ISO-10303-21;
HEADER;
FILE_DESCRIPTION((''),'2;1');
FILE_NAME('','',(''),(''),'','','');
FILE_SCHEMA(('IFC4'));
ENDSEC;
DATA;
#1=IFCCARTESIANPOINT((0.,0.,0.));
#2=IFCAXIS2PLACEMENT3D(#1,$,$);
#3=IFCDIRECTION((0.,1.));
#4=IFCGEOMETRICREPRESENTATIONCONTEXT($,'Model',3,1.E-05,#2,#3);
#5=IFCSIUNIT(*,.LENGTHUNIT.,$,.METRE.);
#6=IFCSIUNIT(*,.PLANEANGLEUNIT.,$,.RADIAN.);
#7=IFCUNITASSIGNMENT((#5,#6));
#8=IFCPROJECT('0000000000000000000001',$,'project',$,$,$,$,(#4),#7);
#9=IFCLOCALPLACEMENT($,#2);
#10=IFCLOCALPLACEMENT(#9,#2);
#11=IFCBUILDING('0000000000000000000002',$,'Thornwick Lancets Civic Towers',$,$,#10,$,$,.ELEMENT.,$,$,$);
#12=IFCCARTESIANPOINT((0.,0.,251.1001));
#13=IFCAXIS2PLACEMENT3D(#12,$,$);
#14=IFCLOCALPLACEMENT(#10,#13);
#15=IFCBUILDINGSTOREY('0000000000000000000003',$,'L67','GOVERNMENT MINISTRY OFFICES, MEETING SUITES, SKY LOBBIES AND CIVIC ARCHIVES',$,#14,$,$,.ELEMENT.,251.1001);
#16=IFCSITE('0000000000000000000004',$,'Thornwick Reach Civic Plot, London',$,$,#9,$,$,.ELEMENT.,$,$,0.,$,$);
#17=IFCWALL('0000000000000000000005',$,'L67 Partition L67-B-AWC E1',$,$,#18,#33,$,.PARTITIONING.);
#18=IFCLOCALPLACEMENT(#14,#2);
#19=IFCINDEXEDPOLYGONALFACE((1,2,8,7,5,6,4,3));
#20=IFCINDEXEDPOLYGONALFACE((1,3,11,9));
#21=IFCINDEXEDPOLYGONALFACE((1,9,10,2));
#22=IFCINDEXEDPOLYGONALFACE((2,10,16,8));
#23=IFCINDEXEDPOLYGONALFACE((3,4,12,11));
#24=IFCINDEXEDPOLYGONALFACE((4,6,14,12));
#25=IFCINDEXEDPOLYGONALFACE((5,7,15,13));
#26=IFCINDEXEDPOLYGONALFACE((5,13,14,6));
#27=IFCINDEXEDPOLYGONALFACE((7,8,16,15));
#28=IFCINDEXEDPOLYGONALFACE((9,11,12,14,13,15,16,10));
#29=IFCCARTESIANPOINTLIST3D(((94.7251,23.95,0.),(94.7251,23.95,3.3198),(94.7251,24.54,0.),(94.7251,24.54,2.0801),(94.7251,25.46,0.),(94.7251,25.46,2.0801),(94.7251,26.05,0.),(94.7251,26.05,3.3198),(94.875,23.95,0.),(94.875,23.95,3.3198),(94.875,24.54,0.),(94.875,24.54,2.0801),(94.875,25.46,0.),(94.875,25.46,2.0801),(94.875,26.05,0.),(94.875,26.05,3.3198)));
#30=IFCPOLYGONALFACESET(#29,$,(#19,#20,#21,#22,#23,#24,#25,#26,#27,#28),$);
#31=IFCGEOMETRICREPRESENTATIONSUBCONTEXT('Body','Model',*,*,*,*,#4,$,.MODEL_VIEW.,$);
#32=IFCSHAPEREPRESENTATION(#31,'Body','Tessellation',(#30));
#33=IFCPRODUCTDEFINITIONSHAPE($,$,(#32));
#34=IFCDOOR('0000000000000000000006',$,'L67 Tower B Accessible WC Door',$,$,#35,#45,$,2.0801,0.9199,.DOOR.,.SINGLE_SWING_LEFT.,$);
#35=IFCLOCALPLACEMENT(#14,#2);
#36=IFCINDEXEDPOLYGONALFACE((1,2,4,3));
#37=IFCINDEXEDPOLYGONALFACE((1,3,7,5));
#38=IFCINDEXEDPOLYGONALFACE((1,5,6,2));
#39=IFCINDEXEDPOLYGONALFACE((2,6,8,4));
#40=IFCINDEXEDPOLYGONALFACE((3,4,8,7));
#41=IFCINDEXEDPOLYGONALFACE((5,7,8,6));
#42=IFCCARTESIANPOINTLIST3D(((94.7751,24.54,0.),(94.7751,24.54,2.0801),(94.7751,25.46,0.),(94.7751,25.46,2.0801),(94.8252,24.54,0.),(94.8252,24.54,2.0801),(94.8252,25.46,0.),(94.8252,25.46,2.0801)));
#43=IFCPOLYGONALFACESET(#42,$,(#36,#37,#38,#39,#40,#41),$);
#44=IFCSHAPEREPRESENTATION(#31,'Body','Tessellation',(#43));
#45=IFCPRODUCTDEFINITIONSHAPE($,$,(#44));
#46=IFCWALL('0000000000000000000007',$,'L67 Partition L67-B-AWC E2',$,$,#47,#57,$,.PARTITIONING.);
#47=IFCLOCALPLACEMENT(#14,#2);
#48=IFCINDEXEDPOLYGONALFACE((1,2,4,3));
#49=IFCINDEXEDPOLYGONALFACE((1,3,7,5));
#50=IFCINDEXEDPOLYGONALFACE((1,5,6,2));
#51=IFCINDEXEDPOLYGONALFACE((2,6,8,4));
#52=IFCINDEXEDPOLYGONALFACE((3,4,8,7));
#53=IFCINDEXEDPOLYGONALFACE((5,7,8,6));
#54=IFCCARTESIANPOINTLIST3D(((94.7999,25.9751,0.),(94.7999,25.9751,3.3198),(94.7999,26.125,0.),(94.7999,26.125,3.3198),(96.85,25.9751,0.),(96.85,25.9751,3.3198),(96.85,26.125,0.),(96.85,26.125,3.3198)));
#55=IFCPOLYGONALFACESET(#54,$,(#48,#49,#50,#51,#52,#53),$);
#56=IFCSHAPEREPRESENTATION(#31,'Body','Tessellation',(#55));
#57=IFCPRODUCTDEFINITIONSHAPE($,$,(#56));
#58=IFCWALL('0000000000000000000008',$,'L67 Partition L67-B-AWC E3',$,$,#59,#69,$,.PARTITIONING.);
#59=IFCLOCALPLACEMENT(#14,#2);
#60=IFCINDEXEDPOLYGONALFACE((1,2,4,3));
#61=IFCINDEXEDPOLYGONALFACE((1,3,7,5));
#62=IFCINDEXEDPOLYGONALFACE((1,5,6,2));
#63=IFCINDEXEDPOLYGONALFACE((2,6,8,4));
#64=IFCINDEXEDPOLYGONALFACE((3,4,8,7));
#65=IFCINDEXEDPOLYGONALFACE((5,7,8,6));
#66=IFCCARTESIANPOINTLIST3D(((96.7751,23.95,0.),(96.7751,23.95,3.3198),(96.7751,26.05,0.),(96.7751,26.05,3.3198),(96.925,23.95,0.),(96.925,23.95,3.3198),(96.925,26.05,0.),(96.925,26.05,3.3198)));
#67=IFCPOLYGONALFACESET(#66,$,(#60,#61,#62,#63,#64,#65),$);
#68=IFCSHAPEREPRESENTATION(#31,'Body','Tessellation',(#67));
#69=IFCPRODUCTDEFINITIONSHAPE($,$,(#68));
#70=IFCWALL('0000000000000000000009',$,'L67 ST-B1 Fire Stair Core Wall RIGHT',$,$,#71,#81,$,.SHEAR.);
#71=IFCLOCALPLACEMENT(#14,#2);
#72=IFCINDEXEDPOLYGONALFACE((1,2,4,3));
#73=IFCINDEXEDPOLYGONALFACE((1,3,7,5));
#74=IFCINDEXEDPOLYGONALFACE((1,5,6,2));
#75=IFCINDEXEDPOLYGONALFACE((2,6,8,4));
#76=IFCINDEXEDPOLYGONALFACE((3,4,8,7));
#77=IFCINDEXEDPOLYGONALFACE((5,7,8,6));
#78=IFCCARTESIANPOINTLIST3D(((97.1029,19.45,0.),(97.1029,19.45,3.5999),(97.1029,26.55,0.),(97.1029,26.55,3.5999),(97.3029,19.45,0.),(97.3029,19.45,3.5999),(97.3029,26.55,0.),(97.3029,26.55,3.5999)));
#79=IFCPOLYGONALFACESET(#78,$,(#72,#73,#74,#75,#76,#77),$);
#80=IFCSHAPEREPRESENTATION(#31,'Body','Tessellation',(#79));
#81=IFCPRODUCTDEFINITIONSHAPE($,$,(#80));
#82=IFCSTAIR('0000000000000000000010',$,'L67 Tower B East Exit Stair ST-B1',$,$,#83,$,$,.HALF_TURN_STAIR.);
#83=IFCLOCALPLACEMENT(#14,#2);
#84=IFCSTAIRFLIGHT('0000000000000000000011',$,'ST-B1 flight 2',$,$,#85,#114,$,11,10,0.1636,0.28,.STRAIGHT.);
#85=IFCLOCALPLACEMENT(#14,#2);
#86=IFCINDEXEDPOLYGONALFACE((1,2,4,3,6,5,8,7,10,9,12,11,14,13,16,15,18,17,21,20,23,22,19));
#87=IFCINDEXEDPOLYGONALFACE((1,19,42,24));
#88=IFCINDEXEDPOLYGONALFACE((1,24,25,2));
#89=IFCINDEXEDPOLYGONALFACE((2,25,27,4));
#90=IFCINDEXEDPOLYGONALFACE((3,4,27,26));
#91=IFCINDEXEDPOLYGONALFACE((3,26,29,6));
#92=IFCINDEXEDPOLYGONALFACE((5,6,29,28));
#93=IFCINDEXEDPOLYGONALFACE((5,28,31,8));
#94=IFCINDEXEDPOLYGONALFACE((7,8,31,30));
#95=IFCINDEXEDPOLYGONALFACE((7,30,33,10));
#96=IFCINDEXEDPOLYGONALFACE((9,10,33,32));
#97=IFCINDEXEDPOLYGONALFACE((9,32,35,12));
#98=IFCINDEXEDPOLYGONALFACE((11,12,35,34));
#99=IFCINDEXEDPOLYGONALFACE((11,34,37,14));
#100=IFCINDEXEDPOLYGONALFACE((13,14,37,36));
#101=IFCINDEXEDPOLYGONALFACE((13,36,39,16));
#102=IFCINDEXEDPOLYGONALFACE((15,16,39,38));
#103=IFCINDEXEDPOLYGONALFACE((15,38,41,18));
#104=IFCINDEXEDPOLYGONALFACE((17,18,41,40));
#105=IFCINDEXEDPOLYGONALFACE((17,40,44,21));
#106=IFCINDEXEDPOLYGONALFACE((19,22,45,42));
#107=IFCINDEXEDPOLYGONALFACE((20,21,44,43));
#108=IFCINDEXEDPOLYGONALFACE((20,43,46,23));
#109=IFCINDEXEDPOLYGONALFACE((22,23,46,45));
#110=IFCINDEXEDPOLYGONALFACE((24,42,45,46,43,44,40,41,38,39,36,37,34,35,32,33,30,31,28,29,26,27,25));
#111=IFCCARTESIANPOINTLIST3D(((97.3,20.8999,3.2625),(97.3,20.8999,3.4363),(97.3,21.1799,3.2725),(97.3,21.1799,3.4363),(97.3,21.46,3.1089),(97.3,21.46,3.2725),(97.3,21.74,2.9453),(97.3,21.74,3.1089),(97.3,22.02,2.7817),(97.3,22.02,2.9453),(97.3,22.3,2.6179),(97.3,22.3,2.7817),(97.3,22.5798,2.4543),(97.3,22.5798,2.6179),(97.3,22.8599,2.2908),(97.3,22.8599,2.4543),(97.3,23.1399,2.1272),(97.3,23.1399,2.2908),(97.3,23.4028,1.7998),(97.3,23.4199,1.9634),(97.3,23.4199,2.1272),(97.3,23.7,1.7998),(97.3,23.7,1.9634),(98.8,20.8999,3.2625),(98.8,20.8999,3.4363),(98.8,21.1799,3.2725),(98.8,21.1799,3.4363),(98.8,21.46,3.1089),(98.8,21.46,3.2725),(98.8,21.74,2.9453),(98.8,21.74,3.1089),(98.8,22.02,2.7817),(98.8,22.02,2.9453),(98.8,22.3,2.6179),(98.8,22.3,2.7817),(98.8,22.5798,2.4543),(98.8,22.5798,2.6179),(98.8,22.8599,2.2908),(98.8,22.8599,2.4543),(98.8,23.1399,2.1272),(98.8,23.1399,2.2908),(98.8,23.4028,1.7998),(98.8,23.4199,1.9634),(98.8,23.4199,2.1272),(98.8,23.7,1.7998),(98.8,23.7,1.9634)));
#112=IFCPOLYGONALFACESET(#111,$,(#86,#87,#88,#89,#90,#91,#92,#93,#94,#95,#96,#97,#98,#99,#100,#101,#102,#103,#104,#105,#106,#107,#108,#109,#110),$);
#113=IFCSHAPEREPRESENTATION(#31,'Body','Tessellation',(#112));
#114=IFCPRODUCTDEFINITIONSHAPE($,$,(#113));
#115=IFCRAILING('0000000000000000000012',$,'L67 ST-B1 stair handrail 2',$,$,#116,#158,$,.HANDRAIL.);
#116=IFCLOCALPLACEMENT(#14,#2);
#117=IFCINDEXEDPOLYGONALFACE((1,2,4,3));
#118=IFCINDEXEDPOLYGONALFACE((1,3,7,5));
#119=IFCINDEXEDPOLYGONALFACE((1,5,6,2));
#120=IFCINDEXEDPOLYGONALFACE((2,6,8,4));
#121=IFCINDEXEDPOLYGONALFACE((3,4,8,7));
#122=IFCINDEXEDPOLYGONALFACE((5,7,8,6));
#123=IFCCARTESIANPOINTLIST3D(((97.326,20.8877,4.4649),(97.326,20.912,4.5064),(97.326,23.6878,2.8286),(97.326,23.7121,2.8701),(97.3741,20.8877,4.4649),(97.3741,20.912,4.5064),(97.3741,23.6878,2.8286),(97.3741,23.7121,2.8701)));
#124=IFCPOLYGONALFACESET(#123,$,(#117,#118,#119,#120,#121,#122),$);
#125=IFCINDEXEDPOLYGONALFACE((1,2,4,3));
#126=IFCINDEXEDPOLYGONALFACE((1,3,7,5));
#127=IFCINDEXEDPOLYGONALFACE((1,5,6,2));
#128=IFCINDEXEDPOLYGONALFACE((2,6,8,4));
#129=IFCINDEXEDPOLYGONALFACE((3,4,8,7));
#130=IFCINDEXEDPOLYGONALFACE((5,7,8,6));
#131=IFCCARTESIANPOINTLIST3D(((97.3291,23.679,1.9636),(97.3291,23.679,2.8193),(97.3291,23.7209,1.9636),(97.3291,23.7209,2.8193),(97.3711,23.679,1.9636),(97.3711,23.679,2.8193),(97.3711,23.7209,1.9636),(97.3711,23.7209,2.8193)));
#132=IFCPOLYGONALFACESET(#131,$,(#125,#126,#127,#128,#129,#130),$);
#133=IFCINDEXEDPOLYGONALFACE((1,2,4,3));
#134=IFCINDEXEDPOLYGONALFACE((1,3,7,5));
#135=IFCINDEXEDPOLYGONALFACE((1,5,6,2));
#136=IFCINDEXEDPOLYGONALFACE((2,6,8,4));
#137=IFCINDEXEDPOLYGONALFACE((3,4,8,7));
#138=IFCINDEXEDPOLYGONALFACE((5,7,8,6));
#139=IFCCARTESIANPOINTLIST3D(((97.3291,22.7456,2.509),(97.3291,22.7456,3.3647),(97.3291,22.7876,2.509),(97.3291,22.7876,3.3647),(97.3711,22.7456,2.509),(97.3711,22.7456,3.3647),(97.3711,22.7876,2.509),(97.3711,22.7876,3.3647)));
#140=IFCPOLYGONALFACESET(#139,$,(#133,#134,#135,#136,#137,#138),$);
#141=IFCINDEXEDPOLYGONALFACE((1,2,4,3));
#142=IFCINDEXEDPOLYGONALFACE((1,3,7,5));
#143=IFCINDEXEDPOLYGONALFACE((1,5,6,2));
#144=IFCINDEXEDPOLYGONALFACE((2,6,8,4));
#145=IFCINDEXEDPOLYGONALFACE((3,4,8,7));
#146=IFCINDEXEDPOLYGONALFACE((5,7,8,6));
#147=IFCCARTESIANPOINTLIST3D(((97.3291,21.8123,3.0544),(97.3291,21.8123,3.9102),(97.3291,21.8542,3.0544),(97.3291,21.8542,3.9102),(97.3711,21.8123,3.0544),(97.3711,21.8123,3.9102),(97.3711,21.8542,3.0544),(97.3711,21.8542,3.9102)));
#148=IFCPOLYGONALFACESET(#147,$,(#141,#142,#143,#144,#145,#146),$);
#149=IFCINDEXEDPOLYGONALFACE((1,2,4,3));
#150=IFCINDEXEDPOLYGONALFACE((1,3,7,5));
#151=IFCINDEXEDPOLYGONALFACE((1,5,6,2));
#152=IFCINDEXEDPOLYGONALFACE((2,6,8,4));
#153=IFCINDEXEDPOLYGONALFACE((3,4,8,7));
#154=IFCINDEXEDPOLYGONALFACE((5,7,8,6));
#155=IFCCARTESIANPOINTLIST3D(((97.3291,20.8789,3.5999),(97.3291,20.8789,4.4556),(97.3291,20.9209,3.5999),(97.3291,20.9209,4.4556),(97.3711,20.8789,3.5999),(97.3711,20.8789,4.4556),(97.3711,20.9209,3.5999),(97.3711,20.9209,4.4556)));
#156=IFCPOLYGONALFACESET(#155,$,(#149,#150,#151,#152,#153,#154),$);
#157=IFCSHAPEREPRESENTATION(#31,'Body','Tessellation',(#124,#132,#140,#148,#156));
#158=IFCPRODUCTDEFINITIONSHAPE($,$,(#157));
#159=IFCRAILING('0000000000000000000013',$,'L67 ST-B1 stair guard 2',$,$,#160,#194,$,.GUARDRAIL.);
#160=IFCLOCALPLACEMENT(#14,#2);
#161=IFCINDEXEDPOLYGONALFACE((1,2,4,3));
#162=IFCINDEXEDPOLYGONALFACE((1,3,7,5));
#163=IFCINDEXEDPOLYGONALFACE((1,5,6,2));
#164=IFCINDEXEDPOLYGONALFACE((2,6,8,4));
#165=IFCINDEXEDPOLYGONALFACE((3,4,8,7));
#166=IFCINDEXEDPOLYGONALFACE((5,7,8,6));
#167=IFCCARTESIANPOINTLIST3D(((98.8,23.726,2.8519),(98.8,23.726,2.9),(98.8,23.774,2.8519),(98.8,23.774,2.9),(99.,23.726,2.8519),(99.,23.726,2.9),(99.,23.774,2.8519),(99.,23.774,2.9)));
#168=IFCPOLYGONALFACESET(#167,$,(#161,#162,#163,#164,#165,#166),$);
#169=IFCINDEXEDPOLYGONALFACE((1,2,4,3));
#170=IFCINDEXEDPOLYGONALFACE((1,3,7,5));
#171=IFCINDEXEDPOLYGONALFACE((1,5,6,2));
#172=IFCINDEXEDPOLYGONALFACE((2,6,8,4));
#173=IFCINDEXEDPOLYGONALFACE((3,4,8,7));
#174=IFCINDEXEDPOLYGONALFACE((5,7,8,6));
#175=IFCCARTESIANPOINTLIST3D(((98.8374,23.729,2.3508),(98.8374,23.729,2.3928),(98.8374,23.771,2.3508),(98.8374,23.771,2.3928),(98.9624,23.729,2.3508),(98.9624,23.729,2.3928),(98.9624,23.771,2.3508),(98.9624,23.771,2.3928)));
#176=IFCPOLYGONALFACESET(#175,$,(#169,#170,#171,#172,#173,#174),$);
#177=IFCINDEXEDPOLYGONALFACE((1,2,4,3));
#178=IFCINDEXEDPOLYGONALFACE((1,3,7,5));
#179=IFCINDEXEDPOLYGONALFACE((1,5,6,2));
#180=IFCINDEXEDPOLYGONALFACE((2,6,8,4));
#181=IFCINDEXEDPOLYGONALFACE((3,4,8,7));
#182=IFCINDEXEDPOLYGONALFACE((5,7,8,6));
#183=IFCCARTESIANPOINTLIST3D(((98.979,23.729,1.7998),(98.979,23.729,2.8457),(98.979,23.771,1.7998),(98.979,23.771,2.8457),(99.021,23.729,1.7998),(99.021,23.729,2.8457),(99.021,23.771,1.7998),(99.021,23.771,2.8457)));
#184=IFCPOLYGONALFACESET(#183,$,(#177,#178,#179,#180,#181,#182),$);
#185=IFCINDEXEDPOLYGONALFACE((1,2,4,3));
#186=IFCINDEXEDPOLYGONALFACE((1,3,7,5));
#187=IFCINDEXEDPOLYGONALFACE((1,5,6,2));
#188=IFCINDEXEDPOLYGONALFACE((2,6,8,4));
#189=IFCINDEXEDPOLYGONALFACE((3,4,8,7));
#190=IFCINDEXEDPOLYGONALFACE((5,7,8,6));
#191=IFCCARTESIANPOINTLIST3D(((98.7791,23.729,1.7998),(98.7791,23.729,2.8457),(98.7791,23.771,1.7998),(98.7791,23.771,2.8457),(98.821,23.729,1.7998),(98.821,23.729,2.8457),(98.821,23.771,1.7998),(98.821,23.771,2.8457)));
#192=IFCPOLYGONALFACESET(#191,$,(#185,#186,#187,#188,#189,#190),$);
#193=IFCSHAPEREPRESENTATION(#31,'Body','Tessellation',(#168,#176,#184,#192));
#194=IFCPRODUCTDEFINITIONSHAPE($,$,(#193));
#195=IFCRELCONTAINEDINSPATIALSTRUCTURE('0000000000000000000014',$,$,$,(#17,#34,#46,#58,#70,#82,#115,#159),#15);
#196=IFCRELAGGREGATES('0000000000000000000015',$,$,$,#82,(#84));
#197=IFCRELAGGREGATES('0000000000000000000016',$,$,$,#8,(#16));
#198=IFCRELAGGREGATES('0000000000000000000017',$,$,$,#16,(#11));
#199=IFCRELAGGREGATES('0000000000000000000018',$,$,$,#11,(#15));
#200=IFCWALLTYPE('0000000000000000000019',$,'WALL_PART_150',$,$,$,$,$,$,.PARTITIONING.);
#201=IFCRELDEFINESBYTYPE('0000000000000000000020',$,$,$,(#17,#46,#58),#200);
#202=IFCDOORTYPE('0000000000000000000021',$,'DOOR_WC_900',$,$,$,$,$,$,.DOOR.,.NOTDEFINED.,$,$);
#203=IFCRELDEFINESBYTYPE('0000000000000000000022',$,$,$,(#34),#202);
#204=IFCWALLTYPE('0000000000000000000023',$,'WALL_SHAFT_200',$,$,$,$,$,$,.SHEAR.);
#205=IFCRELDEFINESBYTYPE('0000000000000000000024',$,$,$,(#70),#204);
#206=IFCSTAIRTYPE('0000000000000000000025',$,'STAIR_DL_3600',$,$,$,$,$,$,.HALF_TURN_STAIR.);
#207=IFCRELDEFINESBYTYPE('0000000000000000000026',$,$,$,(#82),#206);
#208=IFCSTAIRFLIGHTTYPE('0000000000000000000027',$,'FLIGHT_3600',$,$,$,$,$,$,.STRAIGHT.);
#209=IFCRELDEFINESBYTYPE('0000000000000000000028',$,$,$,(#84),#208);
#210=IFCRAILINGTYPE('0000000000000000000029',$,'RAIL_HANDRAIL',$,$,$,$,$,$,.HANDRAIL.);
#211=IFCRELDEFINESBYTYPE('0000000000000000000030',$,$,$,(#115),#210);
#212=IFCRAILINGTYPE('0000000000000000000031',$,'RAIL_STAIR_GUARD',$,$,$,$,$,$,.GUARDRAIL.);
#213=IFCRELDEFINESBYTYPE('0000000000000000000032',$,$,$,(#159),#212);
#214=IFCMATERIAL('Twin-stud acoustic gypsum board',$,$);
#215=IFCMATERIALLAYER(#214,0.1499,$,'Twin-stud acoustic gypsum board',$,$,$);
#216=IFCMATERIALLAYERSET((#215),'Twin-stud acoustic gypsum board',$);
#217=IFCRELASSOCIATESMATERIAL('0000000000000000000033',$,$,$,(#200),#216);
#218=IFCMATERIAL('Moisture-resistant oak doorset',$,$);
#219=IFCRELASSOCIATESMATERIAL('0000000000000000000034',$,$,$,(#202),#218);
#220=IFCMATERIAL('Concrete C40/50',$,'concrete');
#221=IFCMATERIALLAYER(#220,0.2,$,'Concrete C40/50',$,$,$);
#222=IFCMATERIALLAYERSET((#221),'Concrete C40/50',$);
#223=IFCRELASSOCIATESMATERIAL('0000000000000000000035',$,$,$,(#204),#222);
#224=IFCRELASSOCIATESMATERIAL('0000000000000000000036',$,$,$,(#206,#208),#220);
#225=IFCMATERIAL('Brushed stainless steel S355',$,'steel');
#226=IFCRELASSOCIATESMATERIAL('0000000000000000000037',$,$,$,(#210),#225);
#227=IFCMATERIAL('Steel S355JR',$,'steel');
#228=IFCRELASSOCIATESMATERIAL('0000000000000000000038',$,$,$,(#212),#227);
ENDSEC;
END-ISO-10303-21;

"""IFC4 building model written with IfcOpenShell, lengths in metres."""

from ifc_helpers import new_model, si_unit, direction, frame, frame_2d, origin, origin_2d, place, context, subcontext, project, spatial, polyline, rectangle, outline, extrude, material, layer, layer_set, type_object, element, fill, aggregate, save


model = new_model("IFC4")

# Units and contexts
model_context = context("Model", 3, precision=1e-05, world=origin(), true_north=direction((0.0, 1.0)))
body_context = subcontext(model_context, "Body", "Model", "MODEL_VIEW")
ifc_project = project(units=[si_unit("LENGTHUNIT", "METRE"), si_unit("PLANEANGLEUNIT", "RADIAN")], contexts=[model_context])

# Site, building, storey
site_placement = place(None, origin())
site = spatial("IfcSite", under=ifc_project, at=site_placement, Name="Thornwick Reach Civic Plot, London", CompositionType="ELEMENT", RefElevation=0.0)
building_placement = place(site_placement, origin())
building = spatial("IfcBuilding", under=site, at=building_placement, Name="Thornwick Lancets Civic Towers", CompositionType="ELEMENT")
storey_placement = place(building_placement, frame((0.0, 0.0, 251.1001)))
storey = spatial("IfcBuildingStorey", under=building, at=storey_placement, Name="L67", Description="GOVERNMENT MINISTRY OFFICES, MEETING SUITES, SKY LOBBIES AND CIVIC ARCHIVES", CompositionType="ELEMENT", Elevation=251.1001)

# Wall, opening, door
ifc_material_1 = material(Name="Twin-stud acoustic gypsum board")
ifc_layer_1 = layer(ifc_material_1, 0.1499, Name="Twin-stud acoustic gypsum board")
ifc_layer_set_1 = layer_set([ifc_layer_1], Name="Twin-stud acoustic gypsum board")
wall_type_1 = type_object("IfcWallType", Name="WALL_PART_150", PredefinedType="PARTITIONING", material=ifc_layer_set_1)
ifc_material_2 = material(Name="Moisture-resistant oak doorset")
door_type_1 = type_object("IfcDoorType", Name="DOOR_WC_900", OperationType="NOTDEFINED", PredefinedType="DOOR", material=ifc_material_2)
wall_1_placement = place(storey_placement, frame((94.8, 23.95, 0.0), z_axis=(0.0, 0.0, 1.0), x_axis=(0.0, 1.0, 0.0)))
wall_1 = element("IfcWall", 1, at=wall_1_placement, inside=storey, type_object=wall_type_1, Name="L67 Partition L67-B-AWC E1", PredefinedType="PARTITIONING", context=body_context, shape_type="SweptSolid", body=[
    extrude(rectangle(XDim=2.1001, YDim=0.1499, at=frame_2d((1.05, 0.0))), origin(), (0.0, 0.0, 1.0), 3.3198),
])
opening_1_placement = place(wall_1_placement, frame((0.5901, 0.0, 0.0)))
opening_1 = element("IfcOpeningElement", 2, at=opening_1_placement, cuts=wall_1, PredefinedType="OPENING", context=body_context, shape_type="SweptSolid", body=[
    extrude(rectangle(XDim=0.9199, YDim=2.0801, at=frame_2d((0.46, 1.04))), frame((0.0, 0.085, 0.0), z_axis=(0.0, -1.0, 0.0), x_axis=(1.0, 0.0, 0.0)), (0.0, 0.0, 1.0), 0.1699),
])
door_1_placement = place(opening_1_placement, origin())
door_1 = element("IfcDoor", 3, at=door_1_placement, inside=storey, type_object=door_type_1, Name="L67 Tower B Accessible WC Door", OperationType="SINGLE_SWING_LEFT", OverallHeight=2.0801, OverallWidth=0.9199, PredefinedType="DOOR", context=body_context, shape_type="SweptSolid", body=[
    extrude(rectangle(XDim=0.9199, YDim=2.0801, at=frame_2d((0.46, 1.04))), frame((0.0, 0.0249, 0.0), z_axis=(0.0, -1.0, 0.0), x_axis=(1.0, 0.0, 0.0)), (0.0, 0.0, 1.0), 0.05),
])
fill(opening_1, door_1)

# Walls
wall_2_placement = place(storey_placement, frame((94.8, 26.05, 0.0), z_axis=(0.0, 0.0, 1.0), x_axis=(1.0, 0.0, 0.0)))
element("IfcWall", 4, at=wall_2_placement, inside=storey, type_object=wall_type_1, Name="L67 Partition L67-B-AWC E2", PredefinedType="PARTITIONING", context=body_context, shape_type="SweptSolid", body=[
    extrude(rectangle(XDim=2.05, YDim=0.1499, at=frame_2d((1.0249, 0.0))), origin(), (0.0, 0.0, 1.0), 3.3198),
])
wall_3_placement = place(storey_placement, frame((96.8501, 26.05, 0.0), z_axis=(0.0, 0.0, 1.0), x_axis=(0.0, -1.0, 0.0)))
element("IfcWall", 5, at=wall_3_placement, inside=storey, type_object=wall_type_1, Name="L67 Partition L67-B-AWC E3", PredefinedType="PARTITIONING", context=body_context, shape_type="SweptSolid", body=[
    extrude(rectangle(XDim=2.1001, YDim=0.1499, at=frame_2d((1.05, 0.0))), origin(), (0.0, 0.0, 1.0), 3.3198),
])
ifc_material_3 = material(Name="Concrete C40/50", Category="concrete")
ifc_layer_2 = layer(ifc_material_3, 0.2, Name="Concrete C40/50")
ifc_layer_set_2 = layer_set([ifc_layer_2], Name="Concrete C40/50")
wall_type_2 = type_object("IfcWallType", Name="WALL_SHAFT_200", PredefinedType="SHEAR", material=ifc_layer_set_2)
wall_4_placement = place(storey_placement, frame((97.2029, 26.55, 0.0), z_axis=(0.0, 0.0, 1.0), x_axis=(0.0, -1.0, 0.0)))
element("IfcWall", 6, at=wall_4_placement, inside=storey, type_object=wall_type_2, Name="L67 ST-B1 Fire Stair Core Wall RIGHT", PredefinedType="SHEAR", context=body_context, shape_type="SweptSolid", body=[
    extrude(rectangle(XDim=7.1001, YDim=0.2, at=frame_2d((3.55, 0.0))), origin(), (0.0, 0.0, 1.0), 3.5999),
])

# Stair, stair flight
stair_type = type_object("IfcStairType", Name="STAIR_DL_3600", PredefinedType="HALF_TURN_STAIR", material=ifc_material_3)
stair_placement = place(storey_placement, origin())
stair = element("IfcStair", 7, at=stair_placement, inside=storey, type_object=stair_type, Name="L67 Tower B East Exit Stair ST-B1", PredefinedType="HALF_TURN_STAIR")
stair_flight_type = type_object("IfcStairFlightType", Name="FLIGHT_3600", PredefinedType="STRAIGHT", material=ifc_material_3)
stair_flight_placement = place(storey_placement, frame((98.05, 23.7, 1.7998), z_axis=(0.0, 0.0, 1.0), x_axis=(0.0, -1.0, 0.0)))
stair_flight = element("IfcStairFlight", 8, at=stair_flight_placement, type_object=stair_flight_type, Name="ST-B1 flight 2", NumberOfRisers=11, NumberOfTreads=10, PredefinedType="STRAIGHT", RiserHeight=0.1636, TreadLength=0.28, context=body_context, shape_type="SweptSolid", body=[
    extrude(outline(polyline([(0.0, 0.0), (0.0, 0.1636), (0.28, 0.1636), (0.28, 0.3274), (0.5601, 0.3274), (0.5601, 0.491), (0.8401, 0.491), (0.8401, 0.6545), (1.1201, 0.6545), (1.1201, 0.8181), (1.3999, 0.8181), (1.3999, 0.9819), (1.6799, 0.9819), (1.6799, 1.1455), (1.96, 1.1455), (1.96, 1.3091), (2.24, 1.3091), (2.24, 1.4727), (2.52, 1.4727), (2.52, 1.6365), (2.8, 1.6365), (2.8, 1.8), (2.8, 1.4626), (0.2971, 0.0), (0.0, 0.0)])), frame((0.0, 0.75, 0.0), z_axis=(0.0, -1.0, 0.0), x_axis=(1.0, 0.0, 0.0)), (0.0, 0.0, 1.0), 1.5),
])
aggregate(stair, [stair_flight])

# Railings
ifc_material_4 = material(Name="Brushed stainless steel S355", Category="steel")
railing_type_1 = type_object("IfcRailingType", Name="RAIL_HANDRAIL", PredefinedType="HANDRAIL", material=ifc_material_4)
railing_1_placement = place(storey_placement, frame((97.3501, 23.7, 1.9636)))
element("IfcRailing", 9, at=railing_1_placement, inside=storey, type_object=railing_type_1, Name="L67 ST-B1 stair handrail 2", PredefinedType="HANDRAIL", context=body_context, shape_type="SweptSolid", body=[
    extrude(rectangle(XDim=0.0481, YDim=0.0481, at=origin_2d()), frame((0.0, 0.0, 0.8857), z_axis=(0.0, -0.863394, 0.504531), x_axis=(1.0, 0.0, 0.0)), (0.0, 0.0, 1.0), 3.2432),
    extrude(rectangle(XDim=0.042, YDim=0.042, at=origin_2d()), origin(), (0.0, 0.0, 1.0), 0.8557),
    extrude(rectangle(XDim=0.042, YDim=0.042, at=origin_2d()), frame((0.0, -0.9333, 0.5454)), (0.0, 0.0, 1.0), 0.8557),
    extrude(rectangle(XDim=0.042, YDim=0.042, at=origin_2d()), frame((0.0, -1.8667, 1.0908)), (0.0, 0.0, 1.0), 0.8557),
    extrude(rectangle(XDim=0.042, YDim=0.042, at=origin_2d()), frame((0.0, -2.8, 1.6362)), (0.0, 0.0, 1.0), 0.8557),
])
ifc_material_5 = material(Name="Steel S355JR", Category="steel")
railing_type_2 = type_object("IfcRailingType", Name="RAIL_STAIR_GUARD", PredefinedType="GUARDRAIL", material=ifc_material_5)
railing_2_placement = place(storey_placement, frame((99.0, 23.75, 1.7998)))
element("IfcRailing", 10, at=railing_2_placement, inside=storey, type_object=railing_type_2, Name="L67 ST-B1 stair guard 2", PredefinedType="GUARDRAIL", context=body_context, shape_type="SweptSolid", body=[
    extrude(rectangle(XDim=0.0481, YDim=0.0481, at=origin_2d()), frame((0.0, 0.0, 1.0762), z_axis=(-1.0, 0.0, 0.0), x_axis=(0.0, -1.0, 0.0)), (0.0, 0.0, 1.0), 0.2),
    extrude(rectangle(XDim=0.042, YDim=0.042, at=origin_2d()), frame((-0.0376, 0.0, 0.572), z_axis=(-1.0, 0.0, 0.0), x_axis=(0.0, -1.0, 0.0)), (0.0, 0.0, 1.0), 0.125),
    extrude(rectangle(XDim=0.042, YDim=0.042, at=origin_2d()), origin(), (0.0, 0.0, 1.0), 1.0459),
    extrude(rectangle(XDim=0.042, YDim=0.042, at=origin_2d()), frame((-0.2, 0.0, 0.0)), (0.0, 0.0, 1.0), 1.0459),
])

save(model, "model.ifc")
